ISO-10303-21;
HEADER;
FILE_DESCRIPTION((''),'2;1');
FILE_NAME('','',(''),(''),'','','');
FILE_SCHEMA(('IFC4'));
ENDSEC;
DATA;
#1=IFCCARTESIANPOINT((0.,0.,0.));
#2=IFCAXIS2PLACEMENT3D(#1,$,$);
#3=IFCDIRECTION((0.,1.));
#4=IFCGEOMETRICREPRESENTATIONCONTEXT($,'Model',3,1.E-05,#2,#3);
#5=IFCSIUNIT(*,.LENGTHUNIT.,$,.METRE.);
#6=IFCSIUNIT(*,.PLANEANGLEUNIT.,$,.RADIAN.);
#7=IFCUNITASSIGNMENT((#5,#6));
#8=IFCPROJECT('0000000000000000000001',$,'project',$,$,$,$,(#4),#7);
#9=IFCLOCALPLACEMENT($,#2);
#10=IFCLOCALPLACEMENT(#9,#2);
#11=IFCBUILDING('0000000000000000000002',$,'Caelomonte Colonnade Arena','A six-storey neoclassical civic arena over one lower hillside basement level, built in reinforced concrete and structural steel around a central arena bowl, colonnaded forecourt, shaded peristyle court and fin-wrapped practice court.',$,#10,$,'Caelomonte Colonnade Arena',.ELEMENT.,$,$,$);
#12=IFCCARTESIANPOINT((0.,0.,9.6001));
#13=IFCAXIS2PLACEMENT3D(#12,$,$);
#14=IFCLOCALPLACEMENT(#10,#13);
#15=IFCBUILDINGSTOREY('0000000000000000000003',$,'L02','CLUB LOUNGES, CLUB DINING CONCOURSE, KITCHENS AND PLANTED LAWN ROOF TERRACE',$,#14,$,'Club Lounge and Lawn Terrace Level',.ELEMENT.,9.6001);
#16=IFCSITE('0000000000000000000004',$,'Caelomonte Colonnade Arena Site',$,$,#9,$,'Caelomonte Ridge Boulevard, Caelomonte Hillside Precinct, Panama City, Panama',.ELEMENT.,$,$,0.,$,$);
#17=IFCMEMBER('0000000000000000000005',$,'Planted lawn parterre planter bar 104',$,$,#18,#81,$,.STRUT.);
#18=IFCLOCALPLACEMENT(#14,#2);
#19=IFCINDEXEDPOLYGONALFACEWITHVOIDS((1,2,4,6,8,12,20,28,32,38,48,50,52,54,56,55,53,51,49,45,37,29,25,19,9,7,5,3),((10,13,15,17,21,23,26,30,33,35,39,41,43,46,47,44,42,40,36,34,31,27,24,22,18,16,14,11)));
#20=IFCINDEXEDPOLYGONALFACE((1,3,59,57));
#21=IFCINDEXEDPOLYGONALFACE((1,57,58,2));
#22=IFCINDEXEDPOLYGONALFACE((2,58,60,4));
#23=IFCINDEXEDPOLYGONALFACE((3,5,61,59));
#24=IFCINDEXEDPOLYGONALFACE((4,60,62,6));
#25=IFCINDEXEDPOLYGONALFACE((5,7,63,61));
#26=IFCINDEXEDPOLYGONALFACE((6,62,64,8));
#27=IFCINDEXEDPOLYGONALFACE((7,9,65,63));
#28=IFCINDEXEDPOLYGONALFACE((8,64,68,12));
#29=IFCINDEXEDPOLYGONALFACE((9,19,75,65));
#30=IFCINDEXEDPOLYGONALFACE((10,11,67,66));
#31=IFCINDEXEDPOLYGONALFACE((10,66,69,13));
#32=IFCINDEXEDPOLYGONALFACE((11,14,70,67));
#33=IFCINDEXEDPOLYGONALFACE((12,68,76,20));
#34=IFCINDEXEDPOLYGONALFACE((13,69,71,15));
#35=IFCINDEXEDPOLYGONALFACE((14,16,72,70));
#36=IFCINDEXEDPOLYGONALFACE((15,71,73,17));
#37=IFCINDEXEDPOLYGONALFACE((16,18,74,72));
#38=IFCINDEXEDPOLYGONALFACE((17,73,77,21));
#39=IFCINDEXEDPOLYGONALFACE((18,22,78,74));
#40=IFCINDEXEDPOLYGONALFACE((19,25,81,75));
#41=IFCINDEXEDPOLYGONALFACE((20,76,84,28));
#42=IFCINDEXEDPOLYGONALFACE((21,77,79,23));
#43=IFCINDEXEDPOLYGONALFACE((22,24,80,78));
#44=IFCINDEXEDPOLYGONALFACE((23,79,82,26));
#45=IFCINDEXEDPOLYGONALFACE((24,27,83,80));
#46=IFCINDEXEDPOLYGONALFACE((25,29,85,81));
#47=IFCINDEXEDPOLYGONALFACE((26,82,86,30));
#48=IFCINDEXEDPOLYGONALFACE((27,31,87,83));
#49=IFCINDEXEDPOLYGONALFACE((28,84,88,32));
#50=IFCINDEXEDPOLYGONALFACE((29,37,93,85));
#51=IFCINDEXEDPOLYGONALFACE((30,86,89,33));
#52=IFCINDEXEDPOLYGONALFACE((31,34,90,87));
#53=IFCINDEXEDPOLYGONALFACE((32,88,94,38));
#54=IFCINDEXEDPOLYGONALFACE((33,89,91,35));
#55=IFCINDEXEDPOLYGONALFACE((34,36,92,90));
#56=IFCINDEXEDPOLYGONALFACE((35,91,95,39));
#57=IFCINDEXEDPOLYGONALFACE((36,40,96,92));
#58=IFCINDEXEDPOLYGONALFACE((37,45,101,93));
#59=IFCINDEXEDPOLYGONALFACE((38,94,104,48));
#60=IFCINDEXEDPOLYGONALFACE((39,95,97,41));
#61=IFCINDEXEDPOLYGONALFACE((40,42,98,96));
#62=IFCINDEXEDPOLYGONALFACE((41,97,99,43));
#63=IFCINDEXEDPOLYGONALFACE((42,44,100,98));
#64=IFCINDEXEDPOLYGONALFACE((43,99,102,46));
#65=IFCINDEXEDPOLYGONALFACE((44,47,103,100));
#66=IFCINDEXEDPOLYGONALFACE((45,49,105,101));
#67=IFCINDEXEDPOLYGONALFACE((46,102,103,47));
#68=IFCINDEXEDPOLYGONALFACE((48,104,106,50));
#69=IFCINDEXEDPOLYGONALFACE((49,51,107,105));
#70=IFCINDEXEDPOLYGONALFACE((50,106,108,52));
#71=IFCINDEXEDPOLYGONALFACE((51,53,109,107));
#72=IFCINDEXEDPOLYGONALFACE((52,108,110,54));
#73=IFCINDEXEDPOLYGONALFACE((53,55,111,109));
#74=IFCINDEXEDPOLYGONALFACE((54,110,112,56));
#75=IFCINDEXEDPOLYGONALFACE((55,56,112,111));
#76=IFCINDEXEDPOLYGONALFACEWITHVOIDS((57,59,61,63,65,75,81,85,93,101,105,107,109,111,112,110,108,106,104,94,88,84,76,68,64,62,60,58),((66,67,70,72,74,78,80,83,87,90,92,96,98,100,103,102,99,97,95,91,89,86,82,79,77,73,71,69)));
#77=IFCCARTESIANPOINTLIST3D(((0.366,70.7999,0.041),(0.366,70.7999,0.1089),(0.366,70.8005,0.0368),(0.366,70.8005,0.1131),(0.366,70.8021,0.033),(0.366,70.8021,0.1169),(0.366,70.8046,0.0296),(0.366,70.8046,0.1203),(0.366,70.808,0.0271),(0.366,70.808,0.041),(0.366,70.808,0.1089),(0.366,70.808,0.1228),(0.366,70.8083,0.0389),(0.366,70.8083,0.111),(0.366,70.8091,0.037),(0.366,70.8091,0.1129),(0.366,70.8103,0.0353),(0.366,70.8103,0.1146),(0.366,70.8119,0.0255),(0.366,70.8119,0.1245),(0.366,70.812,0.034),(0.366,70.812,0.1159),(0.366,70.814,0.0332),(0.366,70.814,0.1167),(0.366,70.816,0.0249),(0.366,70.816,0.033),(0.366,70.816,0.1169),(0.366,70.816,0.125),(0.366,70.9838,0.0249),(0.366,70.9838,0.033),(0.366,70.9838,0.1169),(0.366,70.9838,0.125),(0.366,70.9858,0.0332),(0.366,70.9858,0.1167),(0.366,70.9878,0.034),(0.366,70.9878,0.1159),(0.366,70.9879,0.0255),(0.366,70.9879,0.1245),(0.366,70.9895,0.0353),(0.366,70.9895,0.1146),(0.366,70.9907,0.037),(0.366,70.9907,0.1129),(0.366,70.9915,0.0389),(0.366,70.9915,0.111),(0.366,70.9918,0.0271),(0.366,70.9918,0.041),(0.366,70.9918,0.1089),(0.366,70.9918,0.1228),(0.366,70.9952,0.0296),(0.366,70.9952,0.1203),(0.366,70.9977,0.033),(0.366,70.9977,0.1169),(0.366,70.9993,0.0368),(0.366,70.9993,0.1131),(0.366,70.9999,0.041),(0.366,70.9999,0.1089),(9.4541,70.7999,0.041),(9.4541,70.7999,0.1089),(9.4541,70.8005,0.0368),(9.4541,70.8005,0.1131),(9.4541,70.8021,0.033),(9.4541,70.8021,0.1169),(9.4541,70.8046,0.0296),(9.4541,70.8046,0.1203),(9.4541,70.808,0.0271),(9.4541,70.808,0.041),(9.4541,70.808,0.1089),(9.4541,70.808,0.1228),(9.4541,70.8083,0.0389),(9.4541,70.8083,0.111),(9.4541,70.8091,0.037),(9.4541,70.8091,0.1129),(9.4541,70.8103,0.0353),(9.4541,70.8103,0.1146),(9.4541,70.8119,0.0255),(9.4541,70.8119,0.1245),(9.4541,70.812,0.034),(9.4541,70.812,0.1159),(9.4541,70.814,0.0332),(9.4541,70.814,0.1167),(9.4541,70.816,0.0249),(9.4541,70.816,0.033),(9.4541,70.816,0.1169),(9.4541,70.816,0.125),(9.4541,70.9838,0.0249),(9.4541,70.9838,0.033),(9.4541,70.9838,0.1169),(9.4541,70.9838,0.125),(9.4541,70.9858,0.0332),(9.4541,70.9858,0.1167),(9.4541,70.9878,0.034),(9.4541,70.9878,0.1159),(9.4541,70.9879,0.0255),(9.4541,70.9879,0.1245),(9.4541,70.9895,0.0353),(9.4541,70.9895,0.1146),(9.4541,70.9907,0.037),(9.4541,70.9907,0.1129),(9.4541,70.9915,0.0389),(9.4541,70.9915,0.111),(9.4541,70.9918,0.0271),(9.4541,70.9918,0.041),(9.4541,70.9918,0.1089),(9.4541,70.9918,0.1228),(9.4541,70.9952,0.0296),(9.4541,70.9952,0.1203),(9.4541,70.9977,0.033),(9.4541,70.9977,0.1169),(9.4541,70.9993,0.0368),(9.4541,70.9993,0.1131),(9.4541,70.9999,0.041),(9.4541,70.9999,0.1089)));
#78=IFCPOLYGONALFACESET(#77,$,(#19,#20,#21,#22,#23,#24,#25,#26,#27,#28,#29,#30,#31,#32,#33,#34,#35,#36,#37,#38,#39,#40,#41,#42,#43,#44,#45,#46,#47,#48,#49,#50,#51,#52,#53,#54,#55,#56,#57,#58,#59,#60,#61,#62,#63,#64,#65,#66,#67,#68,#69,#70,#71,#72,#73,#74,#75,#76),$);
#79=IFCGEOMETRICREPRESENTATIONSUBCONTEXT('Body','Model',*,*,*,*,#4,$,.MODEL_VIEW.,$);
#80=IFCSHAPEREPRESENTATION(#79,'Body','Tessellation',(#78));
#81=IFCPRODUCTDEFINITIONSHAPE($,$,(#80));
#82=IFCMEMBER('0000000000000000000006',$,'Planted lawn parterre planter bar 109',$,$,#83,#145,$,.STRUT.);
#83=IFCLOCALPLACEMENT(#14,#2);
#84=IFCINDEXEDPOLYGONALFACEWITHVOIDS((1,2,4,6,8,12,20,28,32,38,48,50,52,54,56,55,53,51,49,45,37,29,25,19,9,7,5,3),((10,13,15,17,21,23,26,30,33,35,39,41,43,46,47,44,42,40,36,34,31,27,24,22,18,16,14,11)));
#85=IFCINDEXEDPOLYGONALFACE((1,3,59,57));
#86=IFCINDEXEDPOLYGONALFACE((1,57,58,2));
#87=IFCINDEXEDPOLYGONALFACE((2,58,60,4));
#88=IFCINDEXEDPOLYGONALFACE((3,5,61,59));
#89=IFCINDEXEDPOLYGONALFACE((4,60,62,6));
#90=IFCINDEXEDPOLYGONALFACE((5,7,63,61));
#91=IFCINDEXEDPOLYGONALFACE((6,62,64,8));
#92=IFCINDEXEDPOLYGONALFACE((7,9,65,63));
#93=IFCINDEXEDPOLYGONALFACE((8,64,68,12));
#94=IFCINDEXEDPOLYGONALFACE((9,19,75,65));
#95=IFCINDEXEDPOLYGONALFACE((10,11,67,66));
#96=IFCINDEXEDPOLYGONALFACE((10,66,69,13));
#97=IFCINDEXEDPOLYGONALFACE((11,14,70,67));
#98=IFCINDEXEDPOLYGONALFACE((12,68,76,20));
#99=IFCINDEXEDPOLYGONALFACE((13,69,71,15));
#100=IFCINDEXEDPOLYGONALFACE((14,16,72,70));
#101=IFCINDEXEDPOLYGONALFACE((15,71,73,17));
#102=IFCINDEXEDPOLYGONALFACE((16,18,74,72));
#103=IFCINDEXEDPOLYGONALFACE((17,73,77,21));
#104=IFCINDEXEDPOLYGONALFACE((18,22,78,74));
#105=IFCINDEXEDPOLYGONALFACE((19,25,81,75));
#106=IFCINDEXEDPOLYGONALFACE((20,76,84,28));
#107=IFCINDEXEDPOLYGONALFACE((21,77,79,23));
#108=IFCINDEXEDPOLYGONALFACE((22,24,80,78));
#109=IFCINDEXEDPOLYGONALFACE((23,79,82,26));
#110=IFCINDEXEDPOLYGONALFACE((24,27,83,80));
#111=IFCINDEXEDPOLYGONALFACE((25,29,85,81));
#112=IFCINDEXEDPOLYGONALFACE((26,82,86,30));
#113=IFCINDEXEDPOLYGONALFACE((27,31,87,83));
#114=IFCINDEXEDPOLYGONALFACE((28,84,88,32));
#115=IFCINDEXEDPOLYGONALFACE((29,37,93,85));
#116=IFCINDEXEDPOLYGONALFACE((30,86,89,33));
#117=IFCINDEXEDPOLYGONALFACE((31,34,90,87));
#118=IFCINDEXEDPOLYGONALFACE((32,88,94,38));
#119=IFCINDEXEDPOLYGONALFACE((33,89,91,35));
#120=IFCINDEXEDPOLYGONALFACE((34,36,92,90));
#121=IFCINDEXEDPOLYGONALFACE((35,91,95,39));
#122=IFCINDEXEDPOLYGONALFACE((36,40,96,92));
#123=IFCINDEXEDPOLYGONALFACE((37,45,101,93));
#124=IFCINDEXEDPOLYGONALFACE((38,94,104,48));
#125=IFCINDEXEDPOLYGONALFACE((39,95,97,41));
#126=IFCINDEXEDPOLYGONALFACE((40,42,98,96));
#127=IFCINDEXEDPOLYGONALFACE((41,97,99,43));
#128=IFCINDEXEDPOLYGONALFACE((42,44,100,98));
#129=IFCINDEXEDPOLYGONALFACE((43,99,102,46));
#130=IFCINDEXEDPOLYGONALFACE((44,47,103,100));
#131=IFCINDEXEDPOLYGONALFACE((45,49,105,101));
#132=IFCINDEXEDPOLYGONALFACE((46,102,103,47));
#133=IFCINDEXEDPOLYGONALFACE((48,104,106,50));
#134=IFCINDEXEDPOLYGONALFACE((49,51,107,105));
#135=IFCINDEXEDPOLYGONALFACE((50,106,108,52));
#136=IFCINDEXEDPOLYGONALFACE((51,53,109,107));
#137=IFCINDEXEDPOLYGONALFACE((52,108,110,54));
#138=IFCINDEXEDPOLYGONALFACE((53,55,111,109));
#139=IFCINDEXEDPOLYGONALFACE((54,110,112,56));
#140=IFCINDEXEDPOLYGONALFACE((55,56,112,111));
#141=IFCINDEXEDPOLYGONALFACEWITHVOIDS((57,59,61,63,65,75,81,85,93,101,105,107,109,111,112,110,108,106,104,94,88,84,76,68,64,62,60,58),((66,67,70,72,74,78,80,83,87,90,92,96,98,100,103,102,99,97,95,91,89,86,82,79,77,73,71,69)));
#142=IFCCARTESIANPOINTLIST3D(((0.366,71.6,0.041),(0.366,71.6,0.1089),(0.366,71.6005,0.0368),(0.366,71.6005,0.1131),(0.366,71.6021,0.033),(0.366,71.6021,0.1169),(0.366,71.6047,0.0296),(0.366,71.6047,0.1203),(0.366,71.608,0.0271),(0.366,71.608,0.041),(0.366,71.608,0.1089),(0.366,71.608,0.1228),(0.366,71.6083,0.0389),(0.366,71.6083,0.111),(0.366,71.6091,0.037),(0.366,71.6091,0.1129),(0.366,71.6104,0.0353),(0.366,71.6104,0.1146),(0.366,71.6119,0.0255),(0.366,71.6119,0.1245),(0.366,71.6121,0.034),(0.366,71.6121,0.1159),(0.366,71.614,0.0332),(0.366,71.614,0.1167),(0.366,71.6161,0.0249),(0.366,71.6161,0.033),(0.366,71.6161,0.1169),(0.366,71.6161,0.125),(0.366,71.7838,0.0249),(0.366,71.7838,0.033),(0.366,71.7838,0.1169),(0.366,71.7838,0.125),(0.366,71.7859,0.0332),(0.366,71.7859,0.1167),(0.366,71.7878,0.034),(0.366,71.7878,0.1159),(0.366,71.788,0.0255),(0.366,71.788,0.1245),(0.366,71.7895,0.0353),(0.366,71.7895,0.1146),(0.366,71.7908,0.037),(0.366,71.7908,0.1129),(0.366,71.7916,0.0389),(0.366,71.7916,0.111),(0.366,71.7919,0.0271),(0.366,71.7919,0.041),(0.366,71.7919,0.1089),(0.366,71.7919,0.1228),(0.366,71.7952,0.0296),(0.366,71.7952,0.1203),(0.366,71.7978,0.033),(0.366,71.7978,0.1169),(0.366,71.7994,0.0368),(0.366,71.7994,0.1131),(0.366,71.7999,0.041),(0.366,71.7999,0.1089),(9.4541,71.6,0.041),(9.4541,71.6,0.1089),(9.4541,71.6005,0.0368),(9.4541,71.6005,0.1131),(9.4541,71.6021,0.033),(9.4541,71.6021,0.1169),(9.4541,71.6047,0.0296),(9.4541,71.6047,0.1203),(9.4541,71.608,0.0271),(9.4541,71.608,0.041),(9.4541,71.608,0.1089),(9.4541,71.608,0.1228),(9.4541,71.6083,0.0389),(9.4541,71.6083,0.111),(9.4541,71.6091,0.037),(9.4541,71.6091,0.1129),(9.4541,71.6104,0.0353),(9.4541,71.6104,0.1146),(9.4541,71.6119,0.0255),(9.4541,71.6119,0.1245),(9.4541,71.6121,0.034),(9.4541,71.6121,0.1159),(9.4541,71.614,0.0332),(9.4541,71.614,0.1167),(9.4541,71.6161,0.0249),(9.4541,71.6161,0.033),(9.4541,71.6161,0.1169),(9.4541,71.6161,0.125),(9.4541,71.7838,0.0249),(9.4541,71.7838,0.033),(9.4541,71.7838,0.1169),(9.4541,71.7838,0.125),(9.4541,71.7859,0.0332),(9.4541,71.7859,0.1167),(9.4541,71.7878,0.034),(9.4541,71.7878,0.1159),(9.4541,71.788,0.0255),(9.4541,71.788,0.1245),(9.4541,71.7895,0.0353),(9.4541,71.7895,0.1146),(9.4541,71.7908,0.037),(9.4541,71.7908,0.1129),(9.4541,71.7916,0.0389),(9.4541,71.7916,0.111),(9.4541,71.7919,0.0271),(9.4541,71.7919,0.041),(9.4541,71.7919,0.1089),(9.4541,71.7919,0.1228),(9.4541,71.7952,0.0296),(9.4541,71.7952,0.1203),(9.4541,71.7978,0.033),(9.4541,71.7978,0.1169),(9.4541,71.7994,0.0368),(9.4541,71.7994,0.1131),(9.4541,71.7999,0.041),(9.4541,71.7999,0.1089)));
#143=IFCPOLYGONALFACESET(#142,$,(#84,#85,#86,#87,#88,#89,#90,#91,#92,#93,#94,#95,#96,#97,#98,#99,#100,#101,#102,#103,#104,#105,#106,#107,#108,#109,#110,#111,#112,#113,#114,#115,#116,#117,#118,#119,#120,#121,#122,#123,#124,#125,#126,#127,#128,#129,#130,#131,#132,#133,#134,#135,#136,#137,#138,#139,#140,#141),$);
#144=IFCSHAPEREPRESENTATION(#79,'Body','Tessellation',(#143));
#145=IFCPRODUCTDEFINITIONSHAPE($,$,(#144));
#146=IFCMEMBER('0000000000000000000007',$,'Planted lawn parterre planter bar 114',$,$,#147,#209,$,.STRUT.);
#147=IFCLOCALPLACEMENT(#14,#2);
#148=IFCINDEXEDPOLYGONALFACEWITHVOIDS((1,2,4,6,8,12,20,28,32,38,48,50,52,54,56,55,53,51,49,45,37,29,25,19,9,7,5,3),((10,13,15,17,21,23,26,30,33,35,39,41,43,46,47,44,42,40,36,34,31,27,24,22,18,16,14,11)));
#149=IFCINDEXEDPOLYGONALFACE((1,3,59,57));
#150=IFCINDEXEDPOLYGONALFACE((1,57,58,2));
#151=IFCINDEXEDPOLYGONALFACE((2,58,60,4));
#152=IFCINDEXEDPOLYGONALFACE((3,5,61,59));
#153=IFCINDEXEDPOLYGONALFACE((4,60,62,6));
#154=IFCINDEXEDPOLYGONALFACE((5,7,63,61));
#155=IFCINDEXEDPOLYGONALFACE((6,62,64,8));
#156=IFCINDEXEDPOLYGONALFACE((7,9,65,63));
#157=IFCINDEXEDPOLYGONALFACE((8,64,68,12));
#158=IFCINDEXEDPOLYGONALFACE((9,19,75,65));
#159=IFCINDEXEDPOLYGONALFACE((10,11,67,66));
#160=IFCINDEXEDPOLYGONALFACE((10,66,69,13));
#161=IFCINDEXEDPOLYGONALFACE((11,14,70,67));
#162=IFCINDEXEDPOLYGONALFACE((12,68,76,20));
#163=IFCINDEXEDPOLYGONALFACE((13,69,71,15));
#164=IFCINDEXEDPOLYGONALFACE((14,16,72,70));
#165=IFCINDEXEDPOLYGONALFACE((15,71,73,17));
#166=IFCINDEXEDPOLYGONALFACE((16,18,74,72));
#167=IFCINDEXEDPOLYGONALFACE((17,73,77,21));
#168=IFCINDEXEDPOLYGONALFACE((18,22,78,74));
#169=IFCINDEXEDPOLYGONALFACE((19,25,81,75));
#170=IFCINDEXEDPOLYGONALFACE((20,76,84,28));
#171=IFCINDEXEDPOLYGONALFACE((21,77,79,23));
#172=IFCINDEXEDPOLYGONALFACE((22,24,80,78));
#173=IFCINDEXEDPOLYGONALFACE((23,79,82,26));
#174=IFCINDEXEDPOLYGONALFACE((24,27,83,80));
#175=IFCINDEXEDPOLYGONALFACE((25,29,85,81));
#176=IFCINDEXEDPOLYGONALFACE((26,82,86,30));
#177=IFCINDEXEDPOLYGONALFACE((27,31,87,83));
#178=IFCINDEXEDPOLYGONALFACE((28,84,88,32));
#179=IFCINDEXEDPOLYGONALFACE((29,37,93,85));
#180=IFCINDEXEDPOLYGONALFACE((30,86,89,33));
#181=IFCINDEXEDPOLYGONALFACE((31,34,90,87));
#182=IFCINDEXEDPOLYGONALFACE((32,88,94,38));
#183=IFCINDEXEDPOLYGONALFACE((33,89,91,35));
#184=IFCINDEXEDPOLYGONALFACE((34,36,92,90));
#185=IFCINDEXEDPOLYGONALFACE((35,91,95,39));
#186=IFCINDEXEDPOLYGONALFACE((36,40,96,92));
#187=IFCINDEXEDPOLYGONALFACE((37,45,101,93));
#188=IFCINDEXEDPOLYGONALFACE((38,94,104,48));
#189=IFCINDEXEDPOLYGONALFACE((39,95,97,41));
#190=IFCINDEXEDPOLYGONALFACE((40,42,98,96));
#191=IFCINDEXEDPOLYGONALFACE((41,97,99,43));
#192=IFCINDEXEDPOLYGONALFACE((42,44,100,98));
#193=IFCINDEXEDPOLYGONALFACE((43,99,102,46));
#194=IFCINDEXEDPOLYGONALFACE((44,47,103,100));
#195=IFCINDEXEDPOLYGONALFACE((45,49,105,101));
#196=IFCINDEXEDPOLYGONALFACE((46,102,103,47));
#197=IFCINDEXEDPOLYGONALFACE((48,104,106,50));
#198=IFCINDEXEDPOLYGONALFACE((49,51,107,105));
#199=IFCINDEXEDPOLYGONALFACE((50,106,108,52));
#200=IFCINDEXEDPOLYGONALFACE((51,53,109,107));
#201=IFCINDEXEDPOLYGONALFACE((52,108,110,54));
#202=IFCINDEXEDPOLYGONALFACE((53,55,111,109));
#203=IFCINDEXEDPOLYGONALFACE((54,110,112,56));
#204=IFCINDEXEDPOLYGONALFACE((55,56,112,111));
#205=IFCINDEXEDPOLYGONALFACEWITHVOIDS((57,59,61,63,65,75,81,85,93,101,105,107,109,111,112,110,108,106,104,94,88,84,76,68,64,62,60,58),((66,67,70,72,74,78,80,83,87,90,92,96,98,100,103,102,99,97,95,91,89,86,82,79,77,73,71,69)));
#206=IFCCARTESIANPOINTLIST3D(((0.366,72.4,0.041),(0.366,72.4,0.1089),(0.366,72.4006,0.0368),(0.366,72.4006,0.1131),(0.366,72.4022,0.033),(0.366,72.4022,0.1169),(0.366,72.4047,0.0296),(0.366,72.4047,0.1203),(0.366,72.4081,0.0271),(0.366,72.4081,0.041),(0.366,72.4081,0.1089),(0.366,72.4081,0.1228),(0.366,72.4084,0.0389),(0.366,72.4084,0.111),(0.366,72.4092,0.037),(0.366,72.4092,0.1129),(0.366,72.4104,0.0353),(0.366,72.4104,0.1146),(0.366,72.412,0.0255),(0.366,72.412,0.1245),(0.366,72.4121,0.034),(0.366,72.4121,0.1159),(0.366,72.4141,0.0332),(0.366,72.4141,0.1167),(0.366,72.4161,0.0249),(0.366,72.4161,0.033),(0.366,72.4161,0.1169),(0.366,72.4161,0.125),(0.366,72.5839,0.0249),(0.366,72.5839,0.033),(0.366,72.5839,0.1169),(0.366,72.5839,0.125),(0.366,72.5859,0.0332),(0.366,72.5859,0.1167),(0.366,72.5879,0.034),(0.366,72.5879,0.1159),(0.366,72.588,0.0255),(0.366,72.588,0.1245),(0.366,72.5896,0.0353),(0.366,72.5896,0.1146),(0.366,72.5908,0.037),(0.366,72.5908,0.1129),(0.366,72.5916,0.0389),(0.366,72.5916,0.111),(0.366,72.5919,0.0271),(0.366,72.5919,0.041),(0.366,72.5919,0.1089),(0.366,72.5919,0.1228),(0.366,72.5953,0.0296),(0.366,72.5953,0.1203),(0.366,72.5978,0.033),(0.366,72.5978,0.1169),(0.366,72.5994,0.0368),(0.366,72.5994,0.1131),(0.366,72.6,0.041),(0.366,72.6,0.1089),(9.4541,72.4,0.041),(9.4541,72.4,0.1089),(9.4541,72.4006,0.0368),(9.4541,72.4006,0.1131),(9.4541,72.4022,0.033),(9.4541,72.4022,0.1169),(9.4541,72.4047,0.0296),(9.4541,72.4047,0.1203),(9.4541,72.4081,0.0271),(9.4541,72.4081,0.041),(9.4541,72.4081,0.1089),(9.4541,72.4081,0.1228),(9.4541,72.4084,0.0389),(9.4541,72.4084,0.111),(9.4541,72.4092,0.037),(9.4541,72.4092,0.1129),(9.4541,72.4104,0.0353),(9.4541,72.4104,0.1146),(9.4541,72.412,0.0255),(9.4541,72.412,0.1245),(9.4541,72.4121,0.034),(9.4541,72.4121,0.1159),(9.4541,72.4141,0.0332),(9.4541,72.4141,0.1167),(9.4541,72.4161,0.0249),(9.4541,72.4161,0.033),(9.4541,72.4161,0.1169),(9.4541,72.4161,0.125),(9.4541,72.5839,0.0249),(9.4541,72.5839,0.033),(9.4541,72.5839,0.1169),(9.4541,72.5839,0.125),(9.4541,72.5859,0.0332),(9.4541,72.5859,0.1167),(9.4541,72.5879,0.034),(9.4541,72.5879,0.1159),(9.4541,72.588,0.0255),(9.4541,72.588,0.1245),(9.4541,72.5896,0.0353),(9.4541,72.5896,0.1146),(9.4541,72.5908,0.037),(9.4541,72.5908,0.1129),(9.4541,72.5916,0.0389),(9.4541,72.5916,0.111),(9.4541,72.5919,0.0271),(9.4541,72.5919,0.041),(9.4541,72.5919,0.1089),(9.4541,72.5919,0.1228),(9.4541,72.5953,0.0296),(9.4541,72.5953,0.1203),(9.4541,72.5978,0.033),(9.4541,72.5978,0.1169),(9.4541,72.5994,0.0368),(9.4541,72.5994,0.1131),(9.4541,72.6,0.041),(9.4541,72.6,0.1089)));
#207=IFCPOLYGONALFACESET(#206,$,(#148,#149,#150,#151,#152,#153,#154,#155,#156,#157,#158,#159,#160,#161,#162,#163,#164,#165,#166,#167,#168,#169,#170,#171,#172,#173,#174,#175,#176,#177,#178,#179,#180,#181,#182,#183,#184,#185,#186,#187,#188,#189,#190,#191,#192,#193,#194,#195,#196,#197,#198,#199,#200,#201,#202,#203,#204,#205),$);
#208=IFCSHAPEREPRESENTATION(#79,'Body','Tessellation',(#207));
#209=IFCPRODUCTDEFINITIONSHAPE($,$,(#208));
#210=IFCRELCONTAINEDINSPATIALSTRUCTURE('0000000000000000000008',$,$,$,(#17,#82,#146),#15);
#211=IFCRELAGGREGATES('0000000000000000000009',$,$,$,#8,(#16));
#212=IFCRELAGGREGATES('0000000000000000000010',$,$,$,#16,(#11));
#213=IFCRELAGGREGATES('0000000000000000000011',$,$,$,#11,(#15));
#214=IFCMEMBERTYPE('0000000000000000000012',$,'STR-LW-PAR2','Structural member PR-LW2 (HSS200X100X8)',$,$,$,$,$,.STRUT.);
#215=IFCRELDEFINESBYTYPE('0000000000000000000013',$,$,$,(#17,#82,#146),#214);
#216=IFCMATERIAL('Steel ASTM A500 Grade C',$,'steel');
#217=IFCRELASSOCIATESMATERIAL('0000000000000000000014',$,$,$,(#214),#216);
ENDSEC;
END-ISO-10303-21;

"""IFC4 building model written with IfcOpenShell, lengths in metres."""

from ifc_helpers import new_model, si_unit, direction, frame, origin, origin_2d, place, context, subcontext, project, spatial, hollow_rectangle, extrude, material, material_profile, profile_set, type_object, element, save


model = new_model("IFC4")

# Units and contexts
model_context = context("Model", 3, precision=1e-05, world=origin(), true_north=direction((0.0, 1.0)))
body_context = subcontext(model_context, "Body", "Model", "MODEL_VIEW")
ifc_project = project(units=[si_unit("LENGTHUNIT", "METRE"), si_unit("PLANEANGLEUNIT", "RADIAN")], contexts=[model_context])

# Site, building, storey
site_placement = place(None, origin())
site = spatial("IfcSite", under=ifc_project, at=site_placement, Name="Caelomonte Colonnade Arena Site", LongName="Caelomonte Ridge Boulevard, Caelomonte Hillside Precinct, Panama City, Panama", CompositionType="ELEMENT", RefElevation=0.0)
building_placement = place(site_placement, origin())
building = spatial("IfcBuilding", under=site, at=building_placement, Name="Caelomonte Colonnade Arena", Description="A six-storey neoclassical civic arena over one lower hillside basement level, built in reinforced concrete and structural steel around a central arena bowl, colonnaded forecourt, shaded peristyle court and fin-wrapped practice court.", LongName="Caelomonte Colonnade Arena", CompositionType="ELEMENT")
storey_placement = place(building_placement, frame((0.0, 0.0, 9.6001)))
storey = spatial("IfcBuildingStorey", under=building, at=storey_placement, Name="L02", Description="CLUB LOUNGES, CLUB DINING CONCOURSE, KITCHENS AND PLANTED LAWN ROOF TERRACE", LongName="Club Lounge and Lawn Terrace Level", CompositionType="ELEMENT", Elevation=9.6001)

# Members
ifc_material_1 = material(Name="Steel ASTM A500 Grade C", Category="steel")
ifc_material_profile_1 = material_profile(ifc_material_1, hollow_rectangle(XDim=0.2, YDim=0.1001, WallThickness=0.0081, InnerFilletRadius=0.0081, OuterFilletRadius=0.0161, at=origin_2d()), Name="HSS200X100X8")
ifc_profile_set_1 = profile_set([ifc_material_profile_1], Name="Steel ASTM A500 Grade C")
member_type = type_object("IfcMemberType", Name="STR-LW-PAR2", Description="Structural member PR-LW2 (HSS200X100X8)", PredefinedType="STRUT", material=ifc_profile_set_1)
for number, where, z_axis, x_axis, name in (
    (1, (0.366, 70.8999, 0.075), (1.0, 0.0, 0.0), (0.0, 1.0, 0.0), "Planted lawn parterre planter bar 104"),
    (2, (0.366, 71.7, 0.075), (1.0, 0.0, 0.0), (0.0, 1.0, 0.0), "Planted lawn parterre planter bar 109"),
    (3, (0.366, 72.5, 0.075), (1.0, 0.0, 0.0), (0.0, 1.0, 0.0), "Planted lawn parterre planter bar 114"),
):
    element("IfcMember", number, at=place(storey_placement, frame(where, z_axis=z_axis, x_axis=x_axis)), inside=storey, type_object=member_type, Name=name, PredefinedType="STRUT", context=body_context, shape_type="SweptSolid", body=[
        extrude(hollow_rectangle(XDim=0.2, YDim=0.1001, WallThickness=0.0081, InnerFilletRadius=0.0081, OuterFilletRadius=0.0161, at=origin_2d()), origin(), (0.0, 0.0, 1.0), 9.0881),
    ])

save(model, "model.ifc")
